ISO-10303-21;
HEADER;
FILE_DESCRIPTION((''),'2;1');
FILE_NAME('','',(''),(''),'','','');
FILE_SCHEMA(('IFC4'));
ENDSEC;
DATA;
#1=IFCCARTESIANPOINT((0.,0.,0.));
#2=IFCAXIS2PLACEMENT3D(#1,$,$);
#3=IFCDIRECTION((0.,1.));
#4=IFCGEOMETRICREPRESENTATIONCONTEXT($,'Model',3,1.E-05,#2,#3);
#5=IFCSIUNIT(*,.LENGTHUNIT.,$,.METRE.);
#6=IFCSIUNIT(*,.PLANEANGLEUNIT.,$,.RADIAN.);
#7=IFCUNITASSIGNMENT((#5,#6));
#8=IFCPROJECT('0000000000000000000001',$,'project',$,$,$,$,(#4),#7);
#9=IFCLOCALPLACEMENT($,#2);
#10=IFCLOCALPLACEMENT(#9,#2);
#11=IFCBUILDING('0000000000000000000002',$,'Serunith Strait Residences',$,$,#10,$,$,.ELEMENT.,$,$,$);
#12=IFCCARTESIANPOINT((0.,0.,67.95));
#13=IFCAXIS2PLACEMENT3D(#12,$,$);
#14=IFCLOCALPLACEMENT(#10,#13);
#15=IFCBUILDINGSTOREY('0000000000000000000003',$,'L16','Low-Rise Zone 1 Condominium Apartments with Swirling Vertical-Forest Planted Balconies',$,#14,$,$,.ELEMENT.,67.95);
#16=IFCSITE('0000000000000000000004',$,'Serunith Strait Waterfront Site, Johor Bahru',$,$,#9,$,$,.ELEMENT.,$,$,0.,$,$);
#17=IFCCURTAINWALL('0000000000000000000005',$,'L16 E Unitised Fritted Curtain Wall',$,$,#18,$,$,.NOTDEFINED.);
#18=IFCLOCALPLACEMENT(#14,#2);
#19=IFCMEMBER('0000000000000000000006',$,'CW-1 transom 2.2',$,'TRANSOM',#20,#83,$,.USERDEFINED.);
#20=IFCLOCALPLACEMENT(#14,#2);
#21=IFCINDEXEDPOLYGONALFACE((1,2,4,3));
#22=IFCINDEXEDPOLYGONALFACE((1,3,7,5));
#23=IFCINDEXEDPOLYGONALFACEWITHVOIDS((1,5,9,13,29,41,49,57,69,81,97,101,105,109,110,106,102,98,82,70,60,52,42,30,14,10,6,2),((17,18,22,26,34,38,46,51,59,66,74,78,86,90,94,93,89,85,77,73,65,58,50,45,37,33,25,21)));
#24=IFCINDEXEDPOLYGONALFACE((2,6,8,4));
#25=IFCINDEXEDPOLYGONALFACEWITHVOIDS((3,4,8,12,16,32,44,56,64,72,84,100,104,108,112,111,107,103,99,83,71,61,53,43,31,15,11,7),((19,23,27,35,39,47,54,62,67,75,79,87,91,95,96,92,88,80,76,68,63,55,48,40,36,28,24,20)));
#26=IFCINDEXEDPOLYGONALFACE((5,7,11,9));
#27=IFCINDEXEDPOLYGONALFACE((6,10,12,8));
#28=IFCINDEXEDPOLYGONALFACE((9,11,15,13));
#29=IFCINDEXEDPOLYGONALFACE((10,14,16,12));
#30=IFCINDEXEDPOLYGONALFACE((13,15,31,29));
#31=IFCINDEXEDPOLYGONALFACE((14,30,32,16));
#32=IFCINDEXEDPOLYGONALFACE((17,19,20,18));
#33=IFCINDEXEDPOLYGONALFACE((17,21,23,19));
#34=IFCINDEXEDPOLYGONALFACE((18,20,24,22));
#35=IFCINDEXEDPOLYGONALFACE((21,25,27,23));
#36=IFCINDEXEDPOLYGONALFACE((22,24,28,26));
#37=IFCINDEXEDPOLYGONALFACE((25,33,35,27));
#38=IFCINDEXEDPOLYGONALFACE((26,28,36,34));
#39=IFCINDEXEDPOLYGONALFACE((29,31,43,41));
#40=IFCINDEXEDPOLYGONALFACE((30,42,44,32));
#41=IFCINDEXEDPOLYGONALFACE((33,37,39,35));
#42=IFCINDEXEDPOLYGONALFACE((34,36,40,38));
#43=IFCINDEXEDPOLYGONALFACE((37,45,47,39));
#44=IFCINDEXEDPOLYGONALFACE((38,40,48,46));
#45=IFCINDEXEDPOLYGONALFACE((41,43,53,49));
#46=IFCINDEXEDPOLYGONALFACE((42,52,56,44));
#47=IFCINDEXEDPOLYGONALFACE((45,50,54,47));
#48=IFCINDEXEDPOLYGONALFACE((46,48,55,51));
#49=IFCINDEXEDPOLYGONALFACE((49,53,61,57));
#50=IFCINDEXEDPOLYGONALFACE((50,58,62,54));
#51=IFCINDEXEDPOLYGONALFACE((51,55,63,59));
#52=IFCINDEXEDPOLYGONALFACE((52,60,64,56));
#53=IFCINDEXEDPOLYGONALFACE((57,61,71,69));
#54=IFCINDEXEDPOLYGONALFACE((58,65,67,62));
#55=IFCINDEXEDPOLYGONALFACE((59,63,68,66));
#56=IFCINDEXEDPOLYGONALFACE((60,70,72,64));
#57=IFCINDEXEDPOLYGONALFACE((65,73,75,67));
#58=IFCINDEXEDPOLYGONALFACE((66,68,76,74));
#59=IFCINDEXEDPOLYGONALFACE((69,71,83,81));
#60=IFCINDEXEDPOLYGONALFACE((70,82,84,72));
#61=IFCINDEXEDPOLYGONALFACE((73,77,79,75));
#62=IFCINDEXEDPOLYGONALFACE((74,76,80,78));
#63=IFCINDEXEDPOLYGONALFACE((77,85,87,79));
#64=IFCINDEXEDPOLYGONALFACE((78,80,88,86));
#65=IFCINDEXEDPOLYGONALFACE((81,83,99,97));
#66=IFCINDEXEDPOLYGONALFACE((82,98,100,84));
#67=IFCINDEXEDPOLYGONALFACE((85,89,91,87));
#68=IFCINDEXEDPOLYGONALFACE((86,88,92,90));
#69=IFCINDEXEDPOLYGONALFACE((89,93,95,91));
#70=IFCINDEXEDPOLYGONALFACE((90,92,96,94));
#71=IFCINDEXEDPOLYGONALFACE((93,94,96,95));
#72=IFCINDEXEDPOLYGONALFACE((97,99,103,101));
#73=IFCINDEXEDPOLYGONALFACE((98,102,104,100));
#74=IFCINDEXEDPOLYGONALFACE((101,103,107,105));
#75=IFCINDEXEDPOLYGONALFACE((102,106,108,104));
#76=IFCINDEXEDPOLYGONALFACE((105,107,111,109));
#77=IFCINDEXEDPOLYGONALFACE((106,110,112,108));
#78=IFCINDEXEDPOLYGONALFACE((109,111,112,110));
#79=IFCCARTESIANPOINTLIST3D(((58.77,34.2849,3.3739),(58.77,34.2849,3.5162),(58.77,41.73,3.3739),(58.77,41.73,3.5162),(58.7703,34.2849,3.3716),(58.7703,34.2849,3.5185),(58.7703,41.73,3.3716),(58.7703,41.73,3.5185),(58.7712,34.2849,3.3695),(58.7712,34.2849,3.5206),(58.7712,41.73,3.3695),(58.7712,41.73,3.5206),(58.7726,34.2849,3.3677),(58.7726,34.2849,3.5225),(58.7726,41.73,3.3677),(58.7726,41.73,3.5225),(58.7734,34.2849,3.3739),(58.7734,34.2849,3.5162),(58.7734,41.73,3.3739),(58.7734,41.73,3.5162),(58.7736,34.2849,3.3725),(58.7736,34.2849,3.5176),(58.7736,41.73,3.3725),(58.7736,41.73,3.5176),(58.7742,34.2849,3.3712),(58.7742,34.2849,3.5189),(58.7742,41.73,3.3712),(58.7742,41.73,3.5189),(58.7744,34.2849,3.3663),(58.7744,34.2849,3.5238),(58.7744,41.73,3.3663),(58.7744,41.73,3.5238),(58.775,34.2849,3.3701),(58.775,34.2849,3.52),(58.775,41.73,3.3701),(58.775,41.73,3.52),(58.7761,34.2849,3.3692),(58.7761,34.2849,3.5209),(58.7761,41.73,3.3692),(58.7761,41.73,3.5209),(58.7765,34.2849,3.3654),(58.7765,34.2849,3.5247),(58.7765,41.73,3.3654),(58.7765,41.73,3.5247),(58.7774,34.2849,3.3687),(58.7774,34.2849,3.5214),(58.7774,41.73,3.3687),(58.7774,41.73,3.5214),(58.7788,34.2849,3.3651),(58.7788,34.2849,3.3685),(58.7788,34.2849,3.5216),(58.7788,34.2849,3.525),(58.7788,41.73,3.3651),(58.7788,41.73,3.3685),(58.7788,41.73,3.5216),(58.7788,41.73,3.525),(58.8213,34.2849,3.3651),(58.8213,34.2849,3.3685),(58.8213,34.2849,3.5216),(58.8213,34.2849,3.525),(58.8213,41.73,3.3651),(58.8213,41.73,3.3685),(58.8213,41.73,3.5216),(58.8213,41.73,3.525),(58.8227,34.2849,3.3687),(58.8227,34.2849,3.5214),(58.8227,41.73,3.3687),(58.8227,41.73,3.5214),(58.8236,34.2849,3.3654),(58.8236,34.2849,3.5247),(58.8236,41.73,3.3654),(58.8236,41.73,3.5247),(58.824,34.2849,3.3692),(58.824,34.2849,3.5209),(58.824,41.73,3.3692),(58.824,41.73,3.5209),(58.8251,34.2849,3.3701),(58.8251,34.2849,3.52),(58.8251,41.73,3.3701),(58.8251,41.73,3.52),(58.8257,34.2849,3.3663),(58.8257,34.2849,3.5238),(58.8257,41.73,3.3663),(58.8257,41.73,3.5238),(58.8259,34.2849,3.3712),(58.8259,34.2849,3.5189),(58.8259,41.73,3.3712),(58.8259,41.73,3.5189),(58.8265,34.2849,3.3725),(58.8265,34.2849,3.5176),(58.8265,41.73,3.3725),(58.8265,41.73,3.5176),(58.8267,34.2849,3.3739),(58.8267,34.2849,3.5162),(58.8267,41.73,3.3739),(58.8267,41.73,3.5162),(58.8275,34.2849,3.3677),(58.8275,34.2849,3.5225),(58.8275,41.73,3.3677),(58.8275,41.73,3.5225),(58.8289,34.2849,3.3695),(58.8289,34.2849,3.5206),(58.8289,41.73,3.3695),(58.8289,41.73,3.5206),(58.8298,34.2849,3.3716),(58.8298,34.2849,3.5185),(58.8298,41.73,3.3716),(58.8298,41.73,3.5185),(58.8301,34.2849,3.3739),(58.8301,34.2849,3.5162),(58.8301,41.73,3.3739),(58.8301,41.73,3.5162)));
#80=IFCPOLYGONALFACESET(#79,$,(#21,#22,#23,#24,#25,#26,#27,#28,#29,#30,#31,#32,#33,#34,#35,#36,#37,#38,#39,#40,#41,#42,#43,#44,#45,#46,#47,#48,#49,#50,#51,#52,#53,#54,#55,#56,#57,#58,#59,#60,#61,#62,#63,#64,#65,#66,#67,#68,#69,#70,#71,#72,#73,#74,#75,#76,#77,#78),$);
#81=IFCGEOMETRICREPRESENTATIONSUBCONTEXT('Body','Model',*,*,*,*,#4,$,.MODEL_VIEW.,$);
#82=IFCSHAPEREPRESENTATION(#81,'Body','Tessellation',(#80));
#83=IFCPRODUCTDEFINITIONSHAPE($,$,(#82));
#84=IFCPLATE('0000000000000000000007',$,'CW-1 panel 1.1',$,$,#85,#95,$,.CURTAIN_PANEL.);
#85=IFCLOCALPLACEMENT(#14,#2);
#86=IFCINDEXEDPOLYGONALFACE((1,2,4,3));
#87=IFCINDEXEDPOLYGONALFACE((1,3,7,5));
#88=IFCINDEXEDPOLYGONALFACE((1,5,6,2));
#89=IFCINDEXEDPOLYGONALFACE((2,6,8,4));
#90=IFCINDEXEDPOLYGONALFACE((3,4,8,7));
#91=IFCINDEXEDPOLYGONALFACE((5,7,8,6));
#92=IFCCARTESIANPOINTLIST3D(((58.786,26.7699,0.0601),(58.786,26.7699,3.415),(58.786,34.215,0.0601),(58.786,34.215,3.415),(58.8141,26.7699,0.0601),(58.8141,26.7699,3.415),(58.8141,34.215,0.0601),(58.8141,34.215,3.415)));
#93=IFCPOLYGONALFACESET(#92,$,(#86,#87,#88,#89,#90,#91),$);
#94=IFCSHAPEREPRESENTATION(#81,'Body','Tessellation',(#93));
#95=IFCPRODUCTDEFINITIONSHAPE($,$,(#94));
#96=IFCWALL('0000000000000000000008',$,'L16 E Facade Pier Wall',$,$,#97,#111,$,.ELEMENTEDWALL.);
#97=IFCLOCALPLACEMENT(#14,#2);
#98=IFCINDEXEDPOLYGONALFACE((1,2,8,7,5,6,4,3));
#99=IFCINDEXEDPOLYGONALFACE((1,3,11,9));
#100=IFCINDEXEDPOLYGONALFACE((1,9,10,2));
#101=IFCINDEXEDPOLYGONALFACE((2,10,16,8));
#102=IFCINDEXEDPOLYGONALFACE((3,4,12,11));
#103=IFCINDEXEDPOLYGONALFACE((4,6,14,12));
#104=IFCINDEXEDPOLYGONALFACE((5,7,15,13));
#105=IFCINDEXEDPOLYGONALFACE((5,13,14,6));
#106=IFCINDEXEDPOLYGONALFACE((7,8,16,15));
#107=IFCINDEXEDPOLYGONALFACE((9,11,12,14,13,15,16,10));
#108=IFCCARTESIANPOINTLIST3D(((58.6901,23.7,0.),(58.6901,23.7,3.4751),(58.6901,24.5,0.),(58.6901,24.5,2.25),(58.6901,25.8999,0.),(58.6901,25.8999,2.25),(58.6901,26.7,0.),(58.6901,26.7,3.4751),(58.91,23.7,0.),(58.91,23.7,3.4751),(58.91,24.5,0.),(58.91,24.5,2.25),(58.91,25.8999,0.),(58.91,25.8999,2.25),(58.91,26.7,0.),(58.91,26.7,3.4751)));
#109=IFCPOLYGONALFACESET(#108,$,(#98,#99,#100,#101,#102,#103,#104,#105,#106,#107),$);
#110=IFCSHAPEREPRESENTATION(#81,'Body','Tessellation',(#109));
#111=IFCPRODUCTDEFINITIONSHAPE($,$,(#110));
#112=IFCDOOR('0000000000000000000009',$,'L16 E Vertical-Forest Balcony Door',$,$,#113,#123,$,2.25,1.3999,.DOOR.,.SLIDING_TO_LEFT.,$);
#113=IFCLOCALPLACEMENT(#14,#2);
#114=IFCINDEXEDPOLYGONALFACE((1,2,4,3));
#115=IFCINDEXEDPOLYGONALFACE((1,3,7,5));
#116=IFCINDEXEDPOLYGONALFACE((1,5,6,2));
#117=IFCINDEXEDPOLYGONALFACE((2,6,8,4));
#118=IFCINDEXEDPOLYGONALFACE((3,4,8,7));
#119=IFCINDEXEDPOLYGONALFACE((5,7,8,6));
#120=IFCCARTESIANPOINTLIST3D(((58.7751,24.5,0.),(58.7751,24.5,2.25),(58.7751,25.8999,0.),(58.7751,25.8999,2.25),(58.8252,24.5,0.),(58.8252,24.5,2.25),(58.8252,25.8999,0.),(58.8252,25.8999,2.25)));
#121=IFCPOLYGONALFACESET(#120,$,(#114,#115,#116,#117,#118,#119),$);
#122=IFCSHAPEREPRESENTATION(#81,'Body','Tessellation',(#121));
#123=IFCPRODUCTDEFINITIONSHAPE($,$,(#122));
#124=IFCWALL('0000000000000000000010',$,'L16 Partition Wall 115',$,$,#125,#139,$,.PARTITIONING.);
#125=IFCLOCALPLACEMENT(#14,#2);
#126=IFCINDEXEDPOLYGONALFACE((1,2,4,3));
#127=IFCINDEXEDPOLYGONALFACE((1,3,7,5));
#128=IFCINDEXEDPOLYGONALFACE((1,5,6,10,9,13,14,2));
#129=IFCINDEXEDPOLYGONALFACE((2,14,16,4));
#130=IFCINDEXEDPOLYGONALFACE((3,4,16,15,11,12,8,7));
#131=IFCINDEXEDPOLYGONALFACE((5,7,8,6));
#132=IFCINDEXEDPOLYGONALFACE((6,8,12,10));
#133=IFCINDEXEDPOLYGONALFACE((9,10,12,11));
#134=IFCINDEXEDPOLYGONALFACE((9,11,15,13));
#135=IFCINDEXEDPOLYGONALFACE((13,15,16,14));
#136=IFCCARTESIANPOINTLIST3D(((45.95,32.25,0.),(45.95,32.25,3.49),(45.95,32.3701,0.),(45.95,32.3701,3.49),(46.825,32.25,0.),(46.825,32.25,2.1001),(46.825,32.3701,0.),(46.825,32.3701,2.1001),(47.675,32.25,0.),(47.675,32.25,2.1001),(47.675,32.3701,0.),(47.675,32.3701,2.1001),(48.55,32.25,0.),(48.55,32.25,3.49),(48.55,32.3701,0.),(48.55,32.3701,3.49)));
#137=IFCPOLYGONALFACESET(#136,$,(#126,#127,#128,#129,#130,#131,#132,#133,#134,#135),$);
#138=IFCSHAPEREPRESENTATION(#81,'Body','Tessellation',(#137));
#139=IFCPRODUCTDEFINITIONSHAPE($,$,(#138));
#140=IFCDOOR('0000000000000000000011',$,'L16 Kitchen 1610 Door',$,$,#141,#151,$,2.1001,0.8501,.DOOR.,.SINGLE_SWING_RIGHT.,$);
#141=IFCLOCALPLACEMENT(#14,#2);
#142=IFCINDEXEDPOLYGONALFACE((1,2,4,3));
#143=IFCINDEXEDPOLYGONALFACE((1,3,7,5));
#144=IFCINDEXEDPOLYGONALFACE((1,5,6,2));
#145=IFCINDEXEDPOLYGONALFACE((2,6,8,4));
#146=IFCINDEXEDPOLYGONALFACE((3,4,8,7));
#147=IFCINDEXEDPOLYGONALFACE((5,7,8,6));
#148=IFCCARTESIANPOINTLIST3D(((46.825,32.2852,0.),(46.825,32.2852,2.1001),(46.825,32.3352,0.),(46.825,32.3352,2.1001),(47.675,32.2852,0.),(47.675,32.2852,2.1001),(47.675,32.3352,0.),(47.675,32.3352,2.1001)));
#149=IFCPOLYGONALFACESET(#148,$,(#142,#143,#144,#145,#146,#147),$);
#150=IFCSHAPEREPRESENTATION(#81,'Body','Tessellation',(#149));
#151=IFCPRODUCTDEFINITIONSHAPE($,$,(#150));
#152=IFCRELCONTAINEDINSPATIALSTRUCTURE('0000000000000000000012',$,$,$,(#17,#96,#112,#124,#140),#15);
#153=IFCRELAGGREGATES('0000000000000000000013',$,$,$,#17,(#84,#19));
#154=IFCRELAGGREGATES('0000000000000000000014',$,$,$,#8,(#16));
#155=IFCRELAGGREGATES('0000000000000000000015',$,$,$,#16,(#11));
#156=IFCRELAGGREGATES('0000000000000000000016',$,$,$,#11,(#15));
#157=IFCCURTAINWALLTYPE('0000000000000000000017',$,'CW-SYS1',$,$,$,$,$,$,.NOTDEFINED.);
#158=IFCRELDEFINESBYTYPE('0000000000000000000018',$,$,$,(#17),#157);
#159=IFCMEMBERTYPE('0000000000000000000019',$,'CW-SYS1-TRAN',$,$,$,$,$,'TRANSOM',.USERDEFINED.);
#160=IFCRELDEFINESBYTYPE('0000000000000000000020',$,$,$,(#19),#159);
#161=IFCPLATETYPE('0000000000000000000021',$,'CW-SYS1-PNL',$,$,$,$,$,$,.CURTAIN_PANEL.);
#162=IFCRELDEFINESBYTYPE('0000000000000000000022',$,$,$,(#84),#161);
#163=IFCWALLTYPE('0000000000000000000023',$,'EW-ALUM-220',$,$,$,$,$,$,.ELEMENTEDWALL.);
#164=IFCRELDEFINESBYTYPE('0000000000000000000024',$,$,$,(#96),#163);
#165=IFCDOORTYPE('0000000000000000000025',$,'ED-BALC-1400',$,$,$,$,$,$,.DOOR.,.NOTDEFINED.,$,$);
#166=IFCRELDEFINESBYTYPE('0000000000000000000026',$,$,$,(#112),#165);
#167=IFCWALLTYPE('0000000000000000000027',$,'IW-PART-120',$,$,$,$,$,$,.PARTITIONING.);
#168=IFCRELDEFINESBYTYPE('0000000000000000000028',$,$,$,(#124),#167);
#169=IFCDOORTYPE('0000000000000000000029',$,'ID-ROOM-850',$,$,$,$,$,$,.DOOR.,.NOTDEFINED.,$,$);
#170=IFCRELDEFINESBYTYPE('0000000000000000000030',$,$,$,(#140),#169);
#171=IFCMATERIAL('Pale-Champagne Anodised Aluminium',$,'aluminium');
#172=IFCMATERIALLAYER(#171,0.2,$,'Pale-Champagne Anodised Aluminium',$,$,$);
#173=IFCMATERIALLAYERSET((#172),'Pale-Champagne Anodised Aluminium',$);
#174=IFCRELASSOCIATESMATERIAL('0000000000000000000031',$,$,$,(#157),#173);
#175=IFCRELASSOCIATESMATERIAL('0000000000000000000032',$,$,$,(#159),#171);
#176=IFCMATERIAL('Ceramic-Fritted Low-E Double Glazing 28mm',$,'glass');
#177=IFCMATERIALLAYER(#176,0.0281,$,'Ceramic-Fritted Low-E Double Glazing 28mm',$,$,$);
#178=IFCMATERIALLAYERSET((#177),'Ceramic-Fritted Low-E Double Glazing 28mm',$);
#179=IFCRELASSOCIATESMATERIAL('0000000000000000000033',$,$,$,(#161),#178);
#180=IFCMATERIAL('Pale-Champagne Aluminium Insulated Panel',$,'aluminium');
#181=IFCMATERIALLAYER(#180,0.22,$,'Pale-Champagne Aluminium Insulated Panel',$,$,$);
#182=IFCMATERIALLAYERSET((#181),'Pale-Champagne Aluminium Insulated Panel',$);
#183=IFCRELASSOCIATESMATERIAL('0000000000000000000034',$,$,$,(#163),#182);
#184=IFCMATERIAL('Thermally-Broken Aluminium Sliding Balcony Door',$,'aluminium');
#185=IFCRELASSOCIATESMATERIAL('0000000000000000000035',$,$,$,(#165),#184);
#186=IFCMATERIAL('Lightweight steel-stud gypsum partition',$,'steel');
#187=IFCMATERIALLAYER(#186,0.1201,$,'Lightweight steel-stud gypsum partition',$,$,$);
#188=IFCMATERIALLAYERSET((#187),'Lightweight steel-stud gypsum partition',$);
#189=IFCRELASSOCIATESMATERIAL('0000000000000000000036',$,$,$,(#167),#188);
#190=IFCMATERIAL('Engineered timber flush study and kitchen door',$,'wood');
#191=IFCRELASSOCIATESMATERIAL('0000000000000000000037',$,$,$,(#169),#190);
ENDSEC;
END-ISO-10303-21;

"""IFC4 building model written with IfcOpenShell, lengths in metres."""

from ifc_helpers import new_model, si_unit, direction, frame, frame_2d, origin, origin_2d, place, context, subcontext, project, spatial, rectangle, hollow_rectangle, extrude, source, transform, mapped, material, layer, layer_set, material_profile, profile_set, type_object, element, fill, aggregate, save


model = new_model("IFC4")

# Units and contexts
model_context = context("Model", 3, precision=1e-05, world=origin(), true_north=direction((0.0, 1.0)))
body_context = subcontext(model_context, "Body", "Model", "MODEL_VIEW")
ifc_project = project(units=[si_unit("LENGTHUNIT", "METRE"), si_unit("PLANEANGLEUNIT", "RADIAN")], contexts=[model_context])

# Site, building, storey
site_placement = place(None, origin())
site = spatial("IfcSite", under=ifc_project, at=site_placement, Name="Serunith Strait Waterfront Site, Johor Bahru", CompositionType="ELEMENT", RefElevation=0.0)
building_placement = place(site_placement, origin())
building = spatial("IfcBuilding", under=site, at=building_placement, Name="Serunith Strait Residences", CompositionType="ELEMENT")
storey_placement = place(building_placement, frame((0.0, 0.0, 67.95)))
storey = spatial("IfcBuildingStorey", under=building, at=storey_placement, Name="L16", Description="Low-Rise Zone 1 Condominium Apartments with Swirling Vertical-Forest Planted Balconies", CompositionType="ELEMENT", Elevation=67.95)

# Shared definitions
ifc_material_1 = material(Name="Pale-Champagne Anodised Aluminium", Category="aluminium")
ifc_layer_1 = layer(ifc_material_1, 0.2, Name="Pale-Champagne Anodised Aluminium")
ifc_layer_set_1 = layer_set([ifc_layer_1], Name="Pale-Champagne Anodised Aluminium")
curtain_wall_type = type_object("IfcCurtainWallType", Name="CW-SYS1", PredefinedType="NOTDEFINED", material=ifc_layer_set_1)

# Curtain wall, member, plate
curtain_wall_1_placement = place(storey_placement, origin())
curtain_wall_1 = element("IfcCurtainWall", 1, at=curtain_wall_1_placement, inside=storey, type_object=curtain_wall_type, Name="L16 E Unitised Fritted Curtain Wall", PredefinedType="NOTDEFINED")
ifc_material_profile_1 = material_profile(ifc_material_1, hollow_rectangle(XDim=0.0601, YDim=0.1599, WallThickness=0.0034, InnerFilletRadius=0.0054, OuterFilletRadius=0.0088, at=origin_2d()), Name="ALU 160x60x3.5")
ifc_profile_set_1 = profile_set([ifc_material_profile_1], Name="Pale-Champagne Anodised Aluminium")
member_type_1 = type_object("IfcMemberType", Name="CW-SYS1-TRAN", ElementType="TRANSOM", PredefinedType="USERDEFINED", material=ifc_profile_set_1)
shared_shape_1 = source(origin(), body_context, "Body", "SweptSolid", [
    extrude(hollow_rectangle(XDim=0.0601, YDim=0.1599, WallThickness=0.0034, InnerFilletRadius=0.0054, OuterFilletRadius=0.0088, at=origin_2d()), origin(), (0.0, 0.0, 1.0), 7.4451),
])
member_1_placement = place(storey_placement, frame((58.8, 34.2849, 3.4451), z_axis=(0.0, 1.0, 0.0), x_axis=(-1.0, 0.0, 0.0)))
member_1 = element("IfcMember", 2, at=member_1_placement, type_object=member_type_1, Name="CW-1 transom 2.2", ObjectType="TRANSOM", PredefinedType="USERDEFINED", context=body_context, shape_type="MappedRepresentation", body=[
    mapped(shared_shape_1, transform((0.0, 0.0, 0.0), scale=1.0)),
])
ifc_material_2 = material(Name="Ceramic-Fritted Low-E Double Glazing 28mm", Category="glass")
ifc_layer_2 = layer(ifc_material_2, 0.0281, Name="Ceramic-Fritted Low-E Double Glazing 28mm")
ifc_layer_set_2 = layer_set([ifc_layer_2], Name="Ceramic-Fritted Low-E Double Glazing 28mm")
plate_type = type_object("IfcPlateType", Name="CW-SYS1-PNL", PredefinedType="CURTAIN_PANEL", material=ifc_layer_set_2)
shared_shape_2 = source(origin(), body_context, "Body", "SweptSolid", [
    extrude(rectangle(XDim=7.4451, YDim=0.0281, at=origin_2d()), origin(), (0.0, 0.0, 1.0), 3.355),
])
plate_placement = place(storey_placement, frame((58.8, 30.4924, 0.0601), z_axis=(0.0, 0.0, 1.0), x_axis=(0.0, 1.0, 0.0)))
plate = element("IfcPlate", 3, at=plate_placement, type_object=plate_type, Name="CW-1 panel 1.1", PredefinedType="CURTAIN_PANEL", context=body_context, shape_type="MappedRepresentation", body=[
    mapped(shared_shape_2, transform((0.0, 0.0, 0.0), scale=1.0)),
])
aggregate(curtain_wall_1, [plate, member_1])

# Walls, openings, doors
ifc_material_3 = material(Name="Pale-Champagne Aluminium Insulated Panel", Category="aluminium")
ifc_layer_3 = layer(ifc_material_3, 0.22, Name="Pale-Champagne Aluminium Insulated Panel")
ifc_layer_set_3 = layer_set([ifc_layer_3], Name="Pale-Champagne Aluminium Insulated Panel")
wall_type_1 = type_object("IfcWallType", Name="EW-ALUM-220", PredefinedType="ELEMENTEDWALL", material=ifc_layer_set_3)
wall_1_placement = place(storey_placement, frame((58.8, 23.7, 0.0), z_axis=(0.0, 0.0, 1.0), x_axis=(0.0, 1.0, 0.0)))
wall_1 = element("IfcWall", 4, at=wall_1_placement, inside=storey, type_object=wall_type_1, Name="L16 E Facade Pier Wall", PredefinedType="ELEMENTEDWALL", context=body_context, shape_type="SweptSolid", body=[
    extrude(rectangle(XDim=3.0, YDim=0.22, at=frame_2d((1.5, 0.0))), origin(), (0.0, 0.0, 1.0), 3.4751),
])
opening_1_placement = place(wall_1_placement, frame((0.8, 0.0, 0.0)))
opening_1 = element("IfcOpeningElement", 5, at=opening_1_placement, cuts=wall_1, PredefinedType="OPENING", context=body_context, shape_type="SweptSolid", body=[
    extrude(rectangle(XDim=1.3999, YDim=2.25, at=frame_2d((0.7, 1.125))), frame((0.0, 0.1201, 0.0), z_axis=(0.0, -1.0, 0.0), x_axis=(1.0, 0.0, 0.0)), (0.0, 0.0, 1.0), 0.24),
])
ifc_material_4 = material(Name="Thermally-Broken Aluminium Sliding Balcony Door", Category="aluminium")
door_type_1 = type_object("IfcDoorType", Name="ED-BALC-1400", OperationType="NOTDEFINED", PredefinedType="DOOR", material=ifc_material_4)
shared_shape_3 = source(origin(), body_context, "Body", "SweptSolid", [
    extrude(rectangle(XDim=1.3999, YDim=2.25, at=frame_2d((0.7, 1.125))), frame((0.0, 0.0249, 0.0), z_axis=(0.0, -1.0, 0.0), x_axis=(1.0, 0.0, 0.0)), (0.0, 0.0, 1.0), 0.05),
])
door_1_placement = place(opening_1_placement, origin())
door_1 = element("IfcDoor", 6, at=door_1_placement, inside=storey, type_object=door_type_1, Name="L16 E Vertical-Forest Balcony Door", OperationType="SLIDING_TO_LEFT", OverallHeight=2.25, OverallWidth=1.3999, PredefinedType="DOOR", context=body_context, shape_type="MappedRepresentation", body=[
    mapped(shared_shape_3, transform((0.0, 0.0, 0.0), scale=1.0)),
])
fill(opening_1, door_1)
ifc_material_5 = material(Name="Lightweight steel-stud gypsum partition", Category="steel")
ifc_layer_4 = layer(ifc_material_5, 0.1201, Name="Lightweight steel-stud gypsum partition")
ifc_layer_set_4 = layer_set([ifc_layer_4], Name="Lightweight steel-stud gypsum partition")
wall_type_2 = type_object("IfcWallType", Name="IW-PART-120", PredefinedType="PARTITIONING", material=ifc_layer_set_4)
wall_2_placement = place(storey_placement, frame((48.55, 32.3101, 0.0), z_axis=(0.0, 0.0, 1.0), x_axis=(-1.0, 0.0, 0.0)))
wall_2 = element("IfcWall", 7, at=wall_2_placement, inside=storey, type_object=wall_type_2, Name="L16 Partition Wall 115", PredefinedType="PARTITIONING", context=body_context, shape_type="SweptSolid", body=[
    extrude(rectangle(XDim=2.6001, YDim=0.1201, at=frame_2d((1.3, 0.0))), origin(), (0.0, 0.0, 1.0), 3.49),
])
opening_2_placement = place(wall_2_placement, frame((0.875, 0.0, 0.0)))
opening_2 = element("IfcOpeningElement", 8, at=opening_2_placement, cuts=wall_2, PredefinedType="OPENING", context=body_context, shape_type="SweptSolid", body=[
    extrude(rectangle(XDim=0.8501, YDim=2.1001, at=frame_2d((0.425, 1.05))), frame((0.0, 0.0701, 0.0), z_axis=(0.0, -1.0, 0.0), x_axis=(1.0, 0.0, 0.0)), (0.0, 0.0, 1.0), 0.1401),
])
ifc_material_6 = material(Name="Engineered timber flush study and kitchen door", Category="wood")
door_type_2 = type_object("IfcDoorType", Name="ID-ROOM-850", OperationType="NOTDEFINED", PredefinedType="DOOR", material=ifc_material_6)
shared_shape_4 = source(origin(), body_context, "Body", "SweptSolid", [
    extrude(rectangle(XDim=0.8501, YDim=2.1001, at=frame_2d((0.425, 1.05))), frame((0.0, 0.0249, 0.0), z_axis=(0.0, -1.0, 0.0), x_axis=(1.0, 0.0, 0.0)), (0.0, 0.0, 1.0), 0.05),
])
door_2_placement = place(opening_2_placement, origin())
door_2 = element("IfcDoor", 9, at=door_2_placement, inside=storey, type_object=door_type_2, Name="L16 Kitchen 1610 Door", OperationType="SINGLE_SWING_RIGHT", OverallHeight=2.1001, OverallWidth=0.8501, PredefinedType="DOOR", context=body_context, shape_type="MappedRepresentation", body=[
    mapped(shared_shape_4, transform((0.0, 0.0, 0.0), scale=1.0)),
])
fill(opening_2, door_2)

save(model, "model.ifc")
